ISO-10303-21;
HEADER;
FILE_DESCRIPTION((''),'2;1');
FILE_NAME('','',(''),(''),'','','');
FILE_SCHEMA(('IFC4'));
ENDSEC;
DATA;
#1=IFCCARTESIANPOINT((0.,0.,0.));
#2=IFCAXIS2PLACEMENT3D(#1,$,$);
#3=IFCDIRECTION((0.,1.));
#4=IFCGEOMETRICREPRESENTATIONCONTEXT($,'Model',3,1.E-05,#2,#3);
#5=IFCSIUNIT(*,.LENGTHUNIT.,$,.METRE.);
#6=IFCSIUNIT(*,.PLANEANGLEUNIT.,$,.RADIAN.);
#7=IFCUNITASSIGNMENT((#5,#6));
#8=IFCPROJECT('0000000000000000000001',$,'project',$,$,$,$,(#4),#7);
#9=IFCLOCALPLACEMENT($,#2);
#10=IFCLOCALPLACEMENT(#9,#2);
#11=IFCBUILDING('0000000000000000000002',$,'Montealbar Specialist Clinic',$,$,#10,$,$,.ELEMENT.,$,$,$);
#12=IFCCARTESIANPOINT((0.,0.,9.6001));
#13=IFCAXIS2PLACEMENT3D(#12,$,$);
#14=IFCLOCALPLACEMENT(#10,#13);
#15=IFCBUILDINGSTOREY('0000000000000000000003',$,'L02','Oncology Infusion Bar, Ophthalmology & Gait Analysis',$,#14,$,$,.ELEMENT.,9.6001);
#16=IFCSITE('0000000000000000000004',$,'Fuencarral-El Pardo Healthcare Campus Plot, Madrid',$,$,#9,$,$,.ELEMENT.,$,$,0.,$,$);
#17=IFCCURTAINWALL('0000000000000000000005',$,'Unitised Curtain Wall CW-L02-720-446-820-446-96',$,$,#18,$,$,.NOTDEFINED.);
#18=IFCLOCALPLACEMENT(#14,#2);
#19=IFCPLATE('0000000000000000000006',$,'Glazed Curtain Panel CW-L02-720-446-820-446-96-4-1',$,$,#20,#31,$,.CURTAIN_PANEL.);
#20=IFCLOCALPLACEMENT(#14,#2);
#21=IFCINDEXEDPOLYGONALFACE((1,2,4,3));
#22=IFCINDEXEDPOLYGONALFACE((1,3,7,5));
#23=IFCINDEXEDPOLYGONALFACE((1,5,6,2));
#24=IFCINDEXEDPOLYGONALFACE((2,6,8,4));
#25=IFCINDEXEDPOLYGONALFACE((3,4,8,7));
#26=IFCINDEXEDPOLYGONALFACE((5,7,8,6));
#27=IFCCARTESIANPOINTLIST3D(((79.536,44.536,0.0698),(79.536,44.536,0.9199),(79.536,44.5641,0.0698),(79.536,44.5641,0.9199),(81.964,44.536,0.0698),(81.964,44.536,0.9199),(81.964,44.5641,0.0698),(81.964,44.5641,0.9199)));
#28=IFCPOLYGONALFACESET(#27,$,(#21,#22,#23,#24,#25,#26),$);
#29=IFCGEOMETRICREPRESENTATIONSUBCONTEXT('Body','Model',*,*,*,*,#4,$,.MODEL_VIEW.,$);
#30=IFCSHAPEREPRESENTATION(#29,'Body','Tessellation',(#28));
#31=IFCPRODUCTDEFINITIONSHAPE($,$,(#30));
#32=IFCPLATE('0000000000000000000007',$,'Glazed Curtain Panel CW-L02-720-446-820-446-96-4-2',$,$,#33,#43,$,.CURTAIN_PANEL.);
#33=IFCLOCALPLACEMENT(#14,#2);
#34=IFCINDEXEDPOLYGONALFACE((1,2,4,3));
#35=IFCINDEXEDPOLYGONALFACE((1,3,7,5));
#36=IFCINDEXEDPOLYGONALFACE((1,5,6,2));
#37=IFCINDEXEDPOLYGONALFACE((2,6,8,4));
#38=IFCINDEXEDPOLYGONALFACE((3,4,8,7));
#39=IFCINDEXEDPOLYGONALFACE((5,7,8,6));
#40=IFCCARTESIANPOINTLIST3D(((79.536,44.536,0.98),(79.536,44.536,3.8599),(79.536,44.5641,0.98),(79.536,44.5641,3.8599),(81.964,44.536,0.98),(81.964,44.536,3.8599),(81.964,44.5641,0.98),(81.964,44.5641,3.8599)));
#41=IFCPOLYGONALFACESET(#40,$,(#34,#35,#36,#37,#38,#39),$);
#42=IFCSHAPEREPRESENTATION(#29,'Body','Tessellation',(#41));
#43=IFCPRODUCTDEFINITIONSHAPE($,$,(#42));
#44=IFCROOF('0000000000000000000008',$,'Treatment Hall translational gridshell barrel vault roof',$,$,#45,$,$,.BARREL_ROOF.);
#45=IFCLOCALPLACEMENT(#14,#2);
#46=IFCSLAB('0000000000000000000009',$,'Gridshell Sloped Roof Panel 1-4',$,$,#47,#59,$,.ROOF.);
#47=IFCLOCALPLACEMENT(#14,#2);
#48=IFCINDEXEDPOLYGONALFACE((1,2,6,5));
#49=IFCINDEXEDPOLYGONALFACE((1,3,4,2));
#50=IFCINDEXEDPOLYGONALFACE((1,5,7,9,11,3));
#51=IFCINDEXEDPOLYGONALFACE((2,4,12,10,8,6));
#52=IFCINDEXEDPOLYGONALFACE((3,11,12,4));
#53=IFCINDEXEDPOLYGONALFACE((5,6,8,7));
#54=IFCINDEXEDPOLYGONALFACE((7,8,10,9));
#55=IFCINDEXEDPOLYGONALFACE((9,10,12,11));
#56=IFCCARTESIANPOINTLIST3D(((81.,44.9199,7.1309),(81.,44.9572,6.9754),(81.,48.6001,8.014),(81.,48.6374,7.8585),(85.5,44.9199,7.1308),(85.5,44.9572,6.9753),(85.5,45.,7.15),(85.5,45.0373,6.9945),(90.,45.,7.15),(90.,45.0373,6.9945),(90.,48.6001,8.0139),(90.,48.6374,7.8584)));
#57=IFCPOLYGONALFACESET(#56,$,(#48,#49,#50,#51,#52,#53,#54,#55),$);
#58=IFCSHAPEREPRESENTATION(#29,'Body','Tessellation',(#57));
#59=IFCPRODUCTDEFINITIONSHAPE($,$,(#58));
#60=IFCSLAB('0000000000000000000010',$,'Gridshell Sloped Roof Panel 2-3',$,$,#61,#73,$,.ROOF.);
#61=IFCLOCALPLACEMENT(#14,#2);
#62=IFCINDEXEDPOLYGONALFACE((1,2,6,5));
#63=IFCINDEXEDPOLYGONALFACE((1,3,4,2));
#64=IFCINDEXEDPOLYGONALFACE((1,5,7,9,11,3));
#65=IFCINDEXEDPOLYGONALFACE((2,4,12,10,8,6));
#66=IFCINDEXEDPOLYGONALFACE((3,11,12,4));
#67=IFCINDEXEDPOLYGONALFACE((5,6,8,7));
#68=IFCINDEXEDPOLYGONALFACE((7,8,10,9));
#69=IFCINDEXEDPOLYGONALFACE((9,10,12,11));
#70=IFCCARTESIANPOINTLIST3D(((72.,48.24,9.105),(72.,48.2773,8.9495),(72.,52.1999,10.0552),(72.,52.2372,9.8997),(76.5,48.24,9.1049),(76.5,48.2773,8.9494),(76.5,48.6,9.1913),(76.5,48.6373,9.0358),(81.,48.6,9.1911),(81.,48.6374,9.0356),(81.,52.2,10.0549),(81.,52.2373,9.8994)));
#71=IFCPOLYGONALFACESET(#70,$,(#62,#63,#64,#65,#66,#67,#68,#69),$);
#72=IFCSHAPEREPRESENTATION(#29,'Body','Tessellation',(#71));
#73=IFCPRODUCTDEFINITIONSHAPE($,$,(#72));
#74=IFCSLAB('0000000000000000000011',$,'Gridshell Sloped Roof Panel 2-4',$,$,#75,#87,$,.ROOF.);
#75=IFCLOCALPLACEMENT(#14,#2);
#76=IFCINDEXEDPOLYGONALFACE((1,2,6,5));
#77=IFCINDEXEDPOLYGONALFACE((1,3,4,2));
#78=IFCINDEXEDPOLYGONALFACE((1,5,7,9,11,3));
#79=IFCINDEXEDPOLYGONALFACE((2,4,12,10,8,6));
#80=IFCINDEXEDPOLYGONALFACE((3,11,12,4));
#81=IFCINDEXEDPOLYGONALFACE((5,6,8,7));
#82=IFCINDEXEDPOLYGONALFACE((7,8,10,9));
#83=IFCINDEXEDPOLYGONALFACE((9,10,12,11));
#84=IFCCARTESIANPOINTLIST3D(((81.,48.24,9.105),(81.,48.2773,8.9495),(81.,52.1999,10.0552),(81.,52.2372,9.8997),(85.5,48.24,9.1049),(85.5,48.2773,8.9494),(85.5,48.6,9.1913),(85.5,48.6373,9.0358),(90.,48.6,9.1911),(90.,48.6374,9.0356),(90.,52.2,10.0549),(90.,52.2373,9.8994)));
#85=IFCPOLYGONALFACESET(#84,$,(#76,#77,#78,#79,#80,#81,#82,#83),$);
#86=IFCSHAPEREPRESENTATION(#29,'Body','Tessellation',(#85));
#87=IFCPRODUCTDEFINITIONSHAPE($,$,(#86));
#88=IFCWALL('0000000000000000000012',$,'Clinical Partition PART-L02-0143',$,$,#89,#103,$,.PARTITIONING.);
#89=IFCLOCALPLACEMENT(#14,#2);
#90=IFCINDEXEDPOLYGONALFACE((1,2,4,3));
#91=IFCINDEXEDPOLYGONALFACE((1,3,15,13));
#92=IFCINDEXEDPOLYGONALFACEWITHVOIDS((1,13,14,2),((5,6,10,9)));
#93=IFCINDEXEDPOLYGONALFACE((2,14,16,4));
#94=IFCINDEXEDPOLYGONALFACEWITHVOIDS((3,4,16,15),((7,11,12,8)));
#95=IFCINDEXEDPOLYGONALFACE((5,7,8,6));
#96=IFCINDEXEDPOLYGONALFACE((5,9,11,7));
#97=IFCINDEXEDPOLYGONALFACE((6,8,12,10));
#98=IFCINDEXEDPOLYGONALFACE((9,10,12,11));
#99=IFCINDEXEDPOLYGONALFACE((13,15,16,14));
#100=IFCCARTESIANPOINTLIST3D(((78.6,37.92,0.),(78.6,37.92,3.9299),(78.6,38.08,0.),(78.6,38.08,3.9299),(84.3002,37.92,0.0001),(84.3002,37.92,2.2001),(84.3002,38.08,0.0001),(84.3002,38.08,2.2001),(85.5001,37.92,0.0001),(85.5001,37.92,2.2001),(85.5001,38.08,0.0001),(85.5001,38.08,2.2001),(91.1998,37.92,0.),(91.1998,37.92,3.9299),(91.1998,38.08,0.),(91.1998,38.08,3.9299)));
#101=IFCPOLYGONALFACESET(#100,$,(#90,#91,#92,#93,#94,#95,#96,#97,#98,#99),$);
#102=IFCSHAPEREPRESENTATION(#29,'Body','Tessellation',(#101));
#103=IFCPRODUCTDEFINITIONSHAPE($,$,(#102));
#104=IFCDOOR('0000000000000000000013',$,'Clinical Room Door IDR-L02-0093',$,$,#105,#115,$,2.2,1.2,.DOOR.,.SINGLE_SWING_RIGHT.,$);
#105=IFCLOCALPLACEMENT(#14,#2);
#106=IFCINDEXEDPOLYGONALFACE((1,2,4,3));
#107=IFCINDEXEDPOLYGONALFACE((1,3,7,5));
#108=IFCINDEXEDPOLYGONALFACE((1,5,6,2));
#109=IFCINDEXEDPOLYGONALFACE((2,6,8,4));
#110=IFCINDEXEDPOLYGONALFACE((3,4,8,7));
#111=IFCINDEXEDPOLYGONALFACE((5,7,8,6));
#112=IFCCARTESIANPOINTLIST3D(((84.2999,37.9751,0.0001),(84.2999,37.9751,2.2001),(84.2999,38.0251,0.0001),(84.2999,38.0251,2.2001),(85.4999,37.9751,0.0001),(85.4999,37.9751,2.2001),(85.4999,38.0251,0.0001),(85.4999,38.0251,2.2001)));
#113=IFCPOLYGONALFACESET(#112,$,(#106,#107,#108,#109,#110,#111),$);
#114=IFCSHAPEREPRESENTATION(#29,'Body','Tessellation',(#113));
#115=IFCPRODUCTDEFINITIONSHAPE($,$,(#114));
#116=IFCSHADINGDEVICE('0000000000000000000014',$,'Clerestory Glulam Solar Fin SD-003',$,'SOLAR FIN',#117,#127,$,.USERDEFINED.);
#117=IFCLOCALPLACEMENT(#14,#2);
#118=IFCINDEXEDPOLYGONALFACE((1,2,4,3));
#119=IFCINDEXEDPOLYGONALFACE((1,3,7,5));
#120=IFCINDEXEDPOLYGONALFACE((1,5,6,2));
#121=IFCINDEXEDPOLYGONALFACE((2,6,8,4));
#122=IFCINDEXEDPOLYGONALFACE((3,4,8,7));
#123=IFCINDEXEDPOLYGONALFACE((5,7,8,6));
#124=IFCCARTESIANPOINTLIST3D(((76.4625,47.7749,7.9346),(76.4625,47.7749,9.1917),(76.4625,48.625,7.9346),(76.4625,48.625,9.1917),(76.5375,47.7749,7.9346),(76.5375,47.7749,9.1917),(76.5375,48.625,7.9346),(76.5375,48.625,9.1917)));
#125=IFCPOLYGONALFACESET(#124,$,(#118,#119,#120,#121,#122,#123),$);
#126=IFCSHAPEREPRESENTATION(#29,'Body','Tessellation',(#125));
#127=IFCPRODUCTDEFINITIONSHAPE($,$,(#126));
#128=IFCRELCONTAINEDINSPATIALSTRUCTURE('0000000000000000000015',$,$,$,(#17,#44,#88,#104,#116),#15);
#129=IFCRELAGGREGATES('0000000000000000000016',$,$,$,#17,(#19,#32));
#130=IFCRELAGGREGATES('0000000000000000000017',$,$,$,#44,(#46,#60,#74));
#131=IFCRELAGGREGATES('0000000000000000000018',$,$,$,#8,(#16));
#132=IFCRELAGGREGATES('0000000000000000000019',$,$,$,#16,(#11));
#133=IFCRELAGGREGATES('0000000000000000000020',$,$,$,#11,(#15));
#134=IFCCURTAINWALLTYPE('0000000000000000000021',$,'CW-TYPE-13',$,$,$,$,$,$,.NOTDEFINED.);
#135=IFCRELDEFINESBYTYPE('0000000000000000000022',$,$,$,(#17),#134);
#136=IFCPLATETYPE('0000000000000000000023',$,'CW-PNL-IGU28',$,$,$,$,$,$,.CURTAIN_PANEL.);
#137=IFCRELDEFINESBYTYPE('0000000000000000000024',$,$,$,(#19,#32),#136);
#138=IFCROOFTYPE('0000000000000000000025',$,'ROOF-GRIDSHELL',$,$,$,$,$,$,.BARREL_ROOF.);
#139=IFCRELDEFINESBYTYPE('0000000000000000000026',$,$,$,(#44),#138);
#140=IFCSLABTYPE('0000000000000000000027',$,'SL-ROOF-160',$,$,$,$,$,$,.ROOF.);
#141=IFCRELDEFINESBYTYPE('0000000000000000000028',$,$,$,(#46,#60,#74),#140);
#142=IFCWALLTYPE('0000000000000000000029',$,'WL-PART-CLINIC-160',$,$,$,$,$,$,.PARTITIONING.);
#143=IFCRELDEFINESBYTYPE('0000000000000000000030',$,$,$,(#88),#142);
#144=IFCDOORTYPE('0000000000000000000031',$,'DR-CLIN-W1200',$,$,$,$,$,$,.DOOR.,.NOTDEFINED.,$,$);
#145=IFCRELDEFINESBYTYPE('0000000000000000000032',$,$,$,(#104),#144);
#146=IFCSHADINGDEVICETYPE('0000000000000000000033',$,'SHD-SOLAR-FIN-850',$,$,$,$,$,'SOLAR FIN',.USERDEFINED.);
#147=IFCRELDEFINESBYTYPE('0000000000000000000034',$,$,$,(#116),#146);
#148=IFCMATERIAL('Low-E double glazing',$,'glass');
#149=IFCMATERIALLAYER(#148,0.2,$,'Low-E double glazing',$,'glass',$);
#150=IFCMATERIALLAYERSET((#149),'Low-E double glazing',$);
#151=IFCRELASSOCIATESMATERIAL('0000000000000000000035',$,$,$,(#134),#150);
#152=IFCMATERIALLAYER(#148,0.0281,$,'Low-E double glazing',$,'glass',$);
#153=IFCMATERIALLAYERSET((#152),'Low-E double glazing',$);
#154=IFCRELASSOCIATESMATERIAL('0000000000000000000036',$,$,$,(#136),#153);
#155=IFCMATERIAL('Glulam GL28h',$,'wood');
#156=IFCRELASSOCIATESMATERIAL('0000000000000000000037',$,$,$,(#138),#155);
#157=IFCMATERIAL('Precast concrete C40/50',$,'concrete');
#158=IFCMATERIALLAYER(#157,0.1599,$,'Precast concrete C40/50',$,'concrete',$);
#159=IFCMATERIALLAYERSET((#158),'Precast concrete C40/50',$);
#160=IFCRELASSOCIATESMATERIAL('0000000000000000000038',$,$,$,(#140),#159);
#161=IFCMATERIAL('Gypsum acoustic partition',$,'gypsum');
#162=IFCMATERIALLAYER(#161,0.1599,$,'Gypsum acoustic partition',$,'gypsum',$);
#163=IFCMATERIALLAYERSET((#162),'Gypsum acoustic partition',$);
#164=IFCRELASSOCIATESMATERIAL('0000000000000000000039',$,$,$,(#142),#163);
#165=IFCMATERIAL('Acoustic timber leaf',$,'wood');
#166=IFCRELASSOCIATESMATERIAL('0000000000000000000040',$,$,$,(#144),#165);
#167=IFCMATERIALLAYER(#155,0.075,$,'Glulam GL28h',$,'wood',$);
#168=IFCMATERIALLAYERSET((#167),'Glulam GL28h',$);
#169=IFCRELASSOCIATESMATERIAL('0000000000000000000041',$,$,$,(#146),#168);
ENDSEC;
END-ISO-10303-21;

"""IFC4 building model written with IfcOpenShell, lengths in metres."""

from ifc_helpers import new_model, si_unit, direction, frame, frame_2d, origin, origin_2d, place, context, subcontext, project, spatial, polyline, rectangle, outline, extrude, material, layer, layer_set, type_object, element, fill, aggregate, save


model = new_model("IFC4")

# Units and contexts
model_context = context("Model", 3, precision=1e-05, world=origin(), true_north=direction((0.0, 1.0)))
body_context = subcontext(model_context, "Body", "Model", "MODEL_VIEW")
ifc_project = project(units=[si_unit("LENGTHUNIT", "METRE"), si_unit("PLANEANGLEUNIT", "RADIAN")], contexts=[model_context])

# Site, building, storey
site_placement = place(None, origin())
site = spatial("IfcSite", under=ifc_project, at=site_placement, Name="Fuencarral-El Pardo Healthcare Campus Plot, Madrid", CompositionType="ELEMENT", RefElevation=0.0)
building_placement = place(site_placement, origin())
building = spatial("IfcBuilding", under=site, at=building_placement, Name="Montealbar Specialist Clinic", CompositionType="ELEMENT")
storey_placement = place(building_placement, frame((0.0, 0.0, 9.6001)))
storey = spatial("IfcBuildingStorey", under=building, at=storey_placement, Name="L02", Description="Oncology Infusion Bar, Ophthalmology & Gait Analysis", CompositionType="ELEMENT", Elevation=9.6001)

# Shared definitions
ifc_material_1 = material(Name="Glulam GL28h", Category="wood")

# Curtain wall
ifc_material_2 = material(Name="Low-E double glazing", Category="glass")
ifc_layer_1 = layer(ifc_material_2, 0.2, Name="Low-E double glazing", Category="glass")
ifc_layer_set_1 = layer_set([ifc_layer_1], Name="Low-E double glazing")
curtain_wall_type = type_object("IfcCurtainWallType", Name="CW-TYPE-13", PredefinedType="NOTDEFINED", material=ifc_layer_set_1)
curtain_wall_placement = place(storey_placement, origin())
curtain_wall = element("IfcCurtainWall", 1, at=curtain_wall_placement, inside=storey, type_object=curtain_wall_type, Name="Unitised Curtain Wall CW-L02-720-446-820-446-96", PredefinedType="NOTDEFINED")

# Plates
ifc_layer_2 = layer(ifc_material_2, 0.0281, Name="Low-E double glazing", Category="glass")
ifc_layer_set_2 = layer_set([ifc_layer_2], Name="Low-E double glazing")
plate_type = type_object("IfcPlateType", Name="CW-PNL-IGU28", PredefinedType="CURTAIN_PANEL", material=ifc_layer_set_2)
plate_1_placement = place(storey_placement, frame((80.75, 44.55, 0.0698), z_axis=(0.0, 0.0, 1.0), x_axis=(1.0, 0.0, 0.0)))
plate_1 = element("IfcPlate", 2, at=plate_1_placement, type_object=plate_type, Name="Glazed Curtain Panel CW-L02-720-446-820-446-96-4-1", PredefinedType="CURTAIN_PANEL", context=body_context, shape_type="SweptSolid", body=[
    extrude(rectangle(XDim=2.428, YDim=0.0281, at=origin_2d()), origin(), (0.0, 0.0, 1.0), 0.8501),
])
plate_2_placement = place(storey_placement, frame((80.75, 44.55, 0.98), z_axis=(0.0, 0.0, 1.0), x_axis=(1.0, 0.0, 0.0)))
plate_2 = element("IfcPlate", 3, at=plate_2_placement, type_object=plate_type, Name="Glazed Curtain Panel CW-L02-720-446-820-446-96-4-2", PredefinedType="CURTAIN_PANEL", context=body_context, shape_type="SweptSolid", body=[
    extrude(rectangle(XDim=2.428, YDim=0.0281, at=origin_2d()), origin(), (0.0, 0.0, 1.0), 2.8799),
])
aggregate(curtain_wall, [plate_1, plate_2])

# Roof, slabs
roof_type = type_object("IfcRoofType", Name="ROOF-GRIDSHELL", PredefinedType="BARREL_ROOF", material=ifc_material_1)
roof_placement = place(storey_placement, origin())
roof = element("IfcRoof", 4, at=roof_placement, inside=storey, type_object=roof_type, Name="Treatment Hall translational gridshell barrel vault roof", PredefinedType="BARREL_ROOF")
ifc_material_3 = material(Name="Precast concrete C40/50", Category="concrete")
ifc_layer_3 = layer(ifc_material_3, 0.1599, Name="Precast concrete C40/50", Category="concrete")
ifc_layer_set_3 = layer_set([ifc_layer_3], Name="Precast concrete C40/50")
slab_type = type_object("IfcSlabType", Name="SL-ROOF-160", PredefinedType="ROOF", material=ifc_layer_set_3)
slab_1_placement = place(storey_placement, frame((81.0, 44.9199, 7.1309), z_axis=(0.000009, -0.233348, 0.972393), x_axis=(1.0, 0.000002, -0.000009)))
slab_1 = element("IfcSlab", 5, at=slab_1_placement, type_object=slab_type, Name="Gridshell Sloped Roof Panel 1-4", PredefinedType="ROOF", context=body_context, shape_type="SweptSolid", body=[
    extrude(outline(polyline([(0.0, 0.0), (4.5, 0.0), (4.5, 0.0823), (9.0, 0.0823), (9.0, 3.7846), (0.0, 3.7846), (0.0, 0.0)])), origin(), (0.0, 0.0, -1.0), 0.1599),
])
slab_2_placement = place(storey_placement, frame((72.0, 48.24, 9.105), z_axis=(0.000025, -0.233325, 0.972399), x_axis=(1.0, 0.000006, -0.000025)))
slab_2 = element("IfcSlab", 6, at=slab_2_placement, type_object=slab_type, Name="Gridshell Sloped Roof Panel 2-3", PredefinedType="ROOF", context=body_context, shape_type="SweptSolid", body=[
    extrude(outline(polyline([(0.0, 0.0), (4.5, 0.0), (4.5, 0.3702), (9.0, 0.3702), (9.0, 4.0723), (0.0, 4.0723), (0.0, 0.0)])), origin(), (0.0, 0.0, -1.0), 0.1599),
])
slab_3_placement = place(storey_placement, frame((81.0, 48.24, 9.105), z_axis=(0.000025, -0.233325, 0.972399), x_axis=(1.0, 0.000006, -0.000025)))
slab_3 = element("IfcSlab", 7, at=slab_3_placement, type_object=slab_type, Name="Gridshell Sloped Roof Panel 2-4", PredefinedType="ROOF", context=body_context, shape_type="SweptSolid", body=[
    extrude(outline(polyline([(0.0, 0.0), (4.5, 0.0), (4.5, 0.3702), (9.0, 0.3702), (9.0, 4.0723), (0.0, 4.0723), (0.0, 0.0)])), origin(), (0.0, 0.0, -1.0), 0.1599),
])
aggregate(roof, [slab_1, slab_2, slab_3])

# Wall, opening, door
ifc_material_4 = material(Name="Gypsum acoustic partition", Category="gypsum")
ifc_layer_4 = layer(ifc_material_4, 0.1599, Name="Gypsum acoustic partition", Category="gypsum")
ifc_layer_set_4 = layer_set([ifc_layer_4], Name="Gypsum acoustic partition")
wall_type = type_object("IfcWallType", Name="WL-PART-CLINIC-160", PredefinedType="PARTITIONING", material=ifc_layer_set_4)
wall_placement = place(storey_placement, frame((78.6001, 38.0, 0.0), z_axis=(0.0, 0.0, 1.0), x_axis=(1.0, 0.0, 0.0)))
wall = element("IfcWall", 8, at=wall_placement, inside=storey, type_object=wall_type, Name="Clinical Partition PART-L02-0143", PredefinedType="PARTITIONING", context=body_context, shape_type="SweptSolid", body=[
    extrude(rectangle(XDim=12.5999, YDim=0.1599, at=frame_2d((6.2998, 0.0))), origin(), (0.0, 0.0, 1.0), 3.9299),
])
opening_placement = place(wall_placement, frame((5.7, 0.0, 0.0)))
opening = element("IfcOpeningElement", 9, at=opening_placement, cuts=wall, PredefinedType="OPENING", context=body_context, shape_type="SweptSolid", body=[
    extrude(rectangle(XDim=1.2, YDim=2.2, at=frame_2d((0.6001, 1.1001))), frame((0.0, 0.0898, 0.0), z_axis=(0.0, -1.0, 0.0), x_axis=(1.0, 0.0, 0.0)), (0.0, 0.0, 1.0), 0.1799),
])
ifc_material_5 = material(Name="Acoustic timber leaf", Category="wood")
door_type = type_object("IfcDoorType", Name="DR-CLIN-W1200", OperationType="NOTDEFINED", PredefinedType="DOOR", material=ifc_material_5)
door_placement = place(opening_placement, frame((1.2, 0.0, 0.0), z_axis=(0.0, 0.0, 1.0), x_axis=(-1.0, 0.0, 0.0)))
door = element("IfcDoor", 10, at=door_placement, inside=storey, type_object=door_type, Name="Clinical Room Door IDR-L02-0093", OperationType="SINGLE_SWING_RIGHT", OverallHeight=2.2, OverallWidth=1.2, PredefinedType="DOOR", context=body_context, shape_type="SweptSolid", body=[
    extrude(rectangle(XDim=1.2, YDim=2.2, at=frame_2d((0.6001, 1.1001))), frame((0.0, 0.0249, 0.0), z_axis=(0.0, -1.0, 0.0), x_axis=(1.0, 0.0, 0.0)), (0.0, 0.0, 1.0), 0.05),
])
fill(opening, door)

# Shading device
ifc_layer_5 = layer(ifc_material_1, 0.075, Name="Glulam GL28h", Category="wood")
ifc_layer_set_5 = layer_set([ifc_layer_5], Name="Glulam GL28h")
shading_device_type = type_object("IfcShadingDeviceType", Name="SHD-SOLAR-FIN-850", ElementType="SOLAR FIN", PredefinedType="USERDEFINED", material=ifc_layer_set_5)
shading_device_placement = place(storey_placement, frame((76.5, 48.2, 7.9346), z_axis=(0.0, 0.0, 1.0), x_axis=(0.0, -1.0, 0.0)))
element("IfcShadingDevice", 11, at=shading_device_placement, inside=storey, type_object=shading_device_type, Name="Clerestory Glulam Solar Fin SD-003", ObjectType="SOLAR FIN", PredefinedType="USERDEFINED", context=body_context, shape_type="SweptSolid", body=[
    extrude(rectangle(XDim=0.8501, YDim=0.075, at=origin_2d()), origin(), (0.0, 0.0, 1.0), 1.2571),
])

save(model, "model.ifc")
